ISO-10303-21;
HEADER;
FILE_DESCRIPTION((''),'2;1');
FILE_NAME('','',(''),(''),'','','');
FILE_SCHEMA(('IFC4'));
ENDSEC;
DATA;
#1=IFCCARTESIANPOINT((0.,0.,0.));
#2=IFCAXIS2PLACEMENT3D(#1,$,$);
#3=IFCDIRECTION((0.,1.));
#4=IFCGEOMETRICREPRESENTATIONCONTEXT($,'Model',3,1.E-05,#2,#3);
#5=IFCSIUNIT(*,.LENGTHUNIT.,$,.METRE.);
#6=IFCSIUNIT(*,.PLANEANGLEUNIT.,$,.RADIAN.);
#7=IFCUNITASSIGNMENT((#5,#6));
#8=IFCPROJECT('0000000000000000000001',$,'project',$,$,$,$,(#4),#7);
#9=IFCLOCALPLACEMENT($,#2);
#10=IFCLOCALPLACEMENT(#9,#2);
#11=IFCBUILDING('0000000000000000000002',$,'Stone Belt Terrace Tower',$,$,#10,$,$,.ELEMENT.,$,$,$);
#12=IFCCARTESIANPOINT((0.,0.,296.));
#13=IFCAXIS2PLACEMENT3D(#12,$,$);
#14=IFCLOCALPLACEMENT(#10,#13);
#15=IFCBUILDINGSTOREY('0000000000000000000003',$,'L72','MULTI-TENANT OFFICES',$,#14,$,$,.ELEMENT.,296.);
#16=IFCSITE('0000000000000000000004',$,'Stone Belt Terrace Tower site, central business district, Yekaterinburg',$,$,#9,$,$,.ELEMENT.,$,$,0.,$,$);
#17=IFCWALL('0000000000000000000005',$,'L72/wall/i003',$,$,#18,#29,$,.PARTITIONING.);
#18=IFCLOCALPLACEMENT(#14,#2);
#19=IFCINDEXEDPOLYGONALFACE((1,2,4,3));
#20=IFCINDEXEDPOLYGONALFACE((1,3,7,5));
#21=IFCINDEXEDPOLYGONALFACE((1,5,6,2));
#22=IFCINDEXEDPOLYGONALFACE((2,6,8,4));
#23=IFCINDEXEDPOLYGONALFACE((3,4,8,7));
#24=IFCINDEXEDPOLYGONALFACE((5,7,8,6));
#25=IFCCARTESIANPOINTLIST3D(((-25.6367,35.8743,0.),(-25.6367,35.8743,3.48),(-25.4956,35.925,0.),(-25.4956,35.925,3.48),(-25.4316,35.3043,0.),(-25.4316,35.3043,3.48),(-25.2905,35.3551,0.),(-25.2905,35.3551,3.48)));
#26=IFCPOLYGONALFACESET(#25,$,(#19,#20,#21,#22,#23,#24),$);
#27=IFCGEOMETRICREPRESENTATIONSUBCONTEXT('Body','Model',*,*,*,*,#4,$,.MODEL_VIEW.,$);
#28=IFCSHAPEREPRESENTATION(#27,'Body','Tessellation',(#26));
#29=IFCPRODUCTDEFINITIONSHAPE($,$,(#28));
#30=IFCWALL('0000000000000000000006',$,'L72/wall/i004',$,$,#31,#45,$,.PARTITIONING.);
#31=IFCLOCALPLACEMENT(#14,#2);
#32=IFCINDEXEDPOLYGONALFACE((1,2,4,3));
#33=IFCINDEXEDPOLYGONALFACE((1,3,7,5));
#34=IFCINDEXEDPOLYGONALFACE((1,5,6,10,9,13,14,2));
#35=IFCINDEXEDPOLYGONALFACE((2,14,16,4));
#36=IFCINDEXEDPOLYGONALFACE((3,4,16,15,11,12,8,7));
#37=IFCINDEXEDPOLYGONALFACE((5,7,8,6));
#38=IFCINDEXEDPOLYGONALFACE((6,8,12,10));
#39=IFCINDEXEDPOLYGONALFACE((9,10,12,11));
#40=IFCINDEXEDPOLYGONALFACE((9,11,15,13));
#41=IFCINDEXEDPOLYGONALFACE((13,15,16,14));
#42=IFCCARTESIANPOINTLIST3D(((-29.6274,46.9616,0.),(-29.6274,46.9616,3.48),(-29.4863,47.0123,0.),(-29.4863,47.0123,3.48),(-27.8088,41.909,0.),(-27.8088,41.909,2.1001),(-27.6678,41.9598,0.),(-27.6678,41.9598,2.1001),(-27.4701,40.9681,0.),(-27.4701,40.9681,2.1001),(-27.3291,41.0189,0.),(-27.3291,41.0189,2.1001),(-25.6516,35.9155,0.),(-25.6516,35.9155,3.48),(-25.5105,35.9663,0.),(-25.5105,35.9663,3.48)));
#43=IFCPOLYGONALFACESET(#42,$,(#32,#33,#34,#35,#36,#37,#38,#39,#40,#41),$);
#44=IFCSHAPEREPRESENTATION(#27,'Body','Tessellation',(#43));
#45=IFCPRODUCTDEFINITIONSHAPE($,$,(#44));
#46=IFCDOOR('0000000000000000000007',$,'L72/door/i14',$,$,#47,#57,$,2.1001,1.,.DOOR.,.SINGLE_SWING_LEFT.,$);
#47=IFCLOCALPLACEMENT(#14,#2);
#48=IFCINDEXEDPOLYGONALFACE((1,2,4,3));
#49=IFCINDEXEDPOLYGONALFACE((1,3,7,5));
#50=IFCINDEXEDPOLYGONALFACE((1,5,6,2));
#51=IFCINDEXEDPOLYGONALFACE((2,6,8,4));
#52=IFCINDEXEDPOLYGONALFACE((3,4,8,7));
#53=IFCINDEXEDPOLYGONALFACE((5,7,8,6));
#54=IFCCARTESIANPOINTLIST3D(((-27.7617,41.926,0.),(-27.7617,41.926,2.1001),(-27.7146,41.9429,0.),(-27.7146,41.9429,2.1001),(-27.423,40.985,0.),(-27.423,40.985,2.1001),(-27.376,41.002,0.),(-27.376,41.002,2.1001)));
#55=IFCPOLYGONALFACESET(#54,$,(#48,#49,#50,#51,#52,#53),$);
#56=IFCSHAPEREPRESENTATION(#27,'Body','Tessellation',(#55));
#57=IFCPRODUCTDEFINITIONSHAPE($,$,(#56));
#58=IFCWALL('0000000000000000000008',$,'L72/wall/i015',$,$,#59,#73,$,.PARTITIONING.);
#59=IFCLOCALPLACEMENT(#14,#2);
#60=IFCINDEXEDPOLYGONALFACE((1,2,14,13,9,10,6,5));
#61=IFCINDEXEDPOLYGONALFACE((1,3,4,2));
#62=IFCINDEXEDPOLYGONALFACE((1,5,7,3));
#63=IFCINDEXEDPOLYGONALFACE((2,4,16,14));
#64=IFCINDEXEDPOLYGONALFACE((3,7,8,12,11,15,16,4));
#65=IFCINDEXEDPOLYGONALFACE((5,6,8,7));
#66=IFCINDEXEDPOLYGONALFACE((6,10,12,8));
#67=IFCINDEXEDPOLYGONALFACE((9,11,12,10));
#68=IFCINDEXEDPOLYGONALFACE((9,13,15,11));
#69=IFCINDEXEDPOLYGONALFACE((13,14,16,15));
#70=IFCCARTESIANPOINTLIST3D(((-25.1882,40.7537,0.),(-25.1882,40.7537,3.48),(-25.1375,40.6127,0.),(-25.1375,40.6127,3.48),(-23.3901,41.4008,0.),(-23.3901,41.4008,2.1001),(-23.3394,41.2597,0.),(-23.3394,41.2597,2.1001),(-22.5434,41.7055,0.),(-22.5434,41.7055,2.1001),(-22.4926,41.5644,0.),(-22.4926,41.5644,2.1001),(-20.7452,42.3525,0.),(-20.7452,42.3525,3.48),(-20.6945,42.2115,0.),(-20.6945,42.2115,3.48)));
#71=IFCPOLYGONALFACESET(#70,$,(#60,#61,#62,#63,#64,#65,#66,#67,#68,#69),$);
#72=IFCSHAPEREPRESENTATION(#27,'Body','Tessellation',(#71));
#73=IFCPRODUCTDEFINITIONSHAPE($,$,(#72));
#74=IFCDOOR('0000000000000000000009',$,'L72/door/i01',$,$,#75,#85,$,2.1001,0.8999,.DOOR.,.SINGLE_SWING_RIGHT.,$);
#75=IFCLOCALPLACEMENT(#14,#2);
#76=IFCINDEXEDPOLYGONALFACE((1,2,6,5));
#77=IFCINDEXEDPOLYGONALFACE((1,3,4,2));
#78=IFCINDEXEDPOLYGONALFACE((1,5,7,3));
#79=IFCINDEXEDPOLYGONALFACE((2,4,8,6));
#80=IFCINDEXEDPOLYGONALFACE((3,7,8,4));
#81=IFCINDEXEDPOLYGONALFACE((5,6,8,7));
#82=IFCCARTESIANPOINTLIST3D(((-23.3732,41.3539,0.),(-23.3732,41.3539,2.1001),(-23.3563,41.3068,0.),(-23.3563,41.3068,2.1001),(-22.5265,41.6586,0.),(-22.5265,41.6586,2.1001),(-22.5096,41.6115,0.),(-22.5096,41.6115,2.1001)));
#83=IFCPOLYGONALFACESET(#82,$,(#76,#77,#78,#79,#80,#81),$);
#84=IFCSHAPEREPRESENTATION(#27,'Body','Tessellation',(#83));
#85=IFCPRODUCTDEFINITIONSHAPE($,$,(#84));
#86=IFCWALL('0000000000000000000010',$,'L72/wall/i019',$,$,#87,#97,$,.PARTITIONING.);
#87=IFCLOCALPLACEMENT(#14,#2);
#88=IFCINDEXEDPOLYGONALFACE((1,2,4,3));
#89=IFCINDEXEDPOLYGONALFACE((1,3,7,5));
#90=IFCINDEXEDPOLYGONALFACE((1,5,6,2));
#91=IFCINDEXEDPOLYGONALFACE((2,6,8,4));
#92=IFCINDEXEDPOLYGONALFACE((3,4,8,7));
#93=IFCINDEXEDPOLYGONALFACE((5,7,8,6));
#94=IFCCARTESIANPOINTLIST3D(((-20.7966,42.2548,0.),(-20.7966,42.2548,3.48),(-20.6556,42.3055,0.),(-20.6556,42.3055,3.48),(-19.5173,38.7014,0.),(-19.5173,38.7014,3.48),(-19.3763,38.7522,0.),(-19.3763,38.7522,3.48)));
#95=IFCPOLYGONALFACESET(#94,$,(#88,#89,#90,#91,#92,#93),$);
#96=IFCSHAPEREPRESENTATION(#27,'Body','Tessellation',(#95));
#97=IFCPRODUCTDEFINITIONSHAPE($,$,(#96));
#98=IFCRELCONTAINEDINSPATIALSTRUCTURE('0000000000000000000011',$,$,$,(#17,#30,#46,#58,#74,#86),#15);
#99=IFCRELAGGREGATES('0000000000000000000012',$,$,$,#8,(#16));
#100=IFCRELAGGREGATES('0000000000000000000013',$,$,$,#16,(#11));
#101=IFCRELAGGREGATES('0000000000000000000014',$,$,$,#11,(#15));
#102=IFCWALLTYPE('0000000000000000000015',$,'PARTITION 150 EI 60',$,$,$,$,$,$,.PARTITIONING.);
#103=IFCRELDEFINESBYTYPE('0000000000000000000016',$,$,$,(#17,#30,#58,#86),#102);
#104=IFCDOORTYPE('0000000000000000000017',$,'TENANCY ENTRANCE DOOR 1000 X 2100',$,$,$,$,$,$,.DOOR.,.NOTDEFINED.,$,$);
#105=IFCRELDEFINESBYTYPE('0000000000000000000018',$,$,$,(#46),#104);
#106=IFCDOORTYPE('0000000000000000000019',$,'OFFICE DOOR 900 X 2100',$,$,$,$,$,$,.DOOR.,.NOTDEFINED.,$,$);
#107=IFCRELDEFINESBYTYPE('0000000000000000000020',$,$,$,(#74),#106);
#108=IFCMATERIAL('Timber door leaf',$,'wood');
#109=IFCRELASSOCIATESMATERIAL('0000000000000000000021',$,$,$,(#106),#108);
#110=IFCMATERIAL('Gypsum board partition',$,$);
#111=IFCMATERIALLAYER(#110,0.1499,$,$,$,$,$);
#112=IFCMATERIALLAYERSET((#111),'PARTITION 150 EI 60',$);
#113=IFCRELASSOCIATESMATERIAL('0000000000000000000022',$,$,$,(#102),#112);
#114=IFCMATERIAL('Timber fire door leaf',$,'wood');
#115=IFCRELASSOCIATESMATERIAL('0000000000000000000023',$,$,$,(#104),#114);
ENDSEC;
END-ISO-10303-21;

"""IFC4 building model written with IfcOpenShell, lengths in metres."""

from ifc_helpers import new_model, si_unit, direction, frame, frame_2d, origin, place, context, subcontext, project, spatial, rectangle, extrude, material, layer, layer_set, type_object, element, fill, save


model = new_model("IFC4")

# Units and contexts
model_context = context("Model", 3, precision=1e-05, world=origin(), true_north=direction((0.0, 1.0)))
body_context = subcontext(model_context, "Body", "Model", "MODEL_VIEW")
ifc_project = project(units=[si_unit("LENGTHUNIT", "METRE"), si_unit("PLANEANGLEUNIT", "RADIAN")], contexts=[model_context])

# Site, building, storey
site_placement = place(None, origin())
site = spatial("IfcSite", under=ifc_project, at=site_placement, Name="Stone Belt Terrace Tower site, central business district, Yekaterinburg", CompositionType="ELEMENT", RefElevation=0.0)
building_placement = place(site_placement, origin())
building = spatial("IfcBuilding", under=site, at=building_placement, Name="Stone Belt Terrace Tower", CompositionType="ELEMENT")
storey_placement = place(building_placement, frame((0.0, 0.0, 296.0)))
storey = spatial("IfcBuildingStorey", under=building, at=storey_placement, Name="L72", Description="MULTI-TENANT OFFICES", CompositionType="ELEMENT", Elevation=296.0)

# Shared definitions
ifc_material_1 = material(Name="Gypsum board partition")

# Shared definitions
ifc_material_2 = material(Name="Timber door leaf", Category="wood")
door_type_1 = type_object("IfcDoorType", Name="OFFICE DOOR 900 X 2100", OperationType="NOTDEFINED", PredefinedType="DOOR", material=ifc_material_2)

# Wall
ifc_layer_1 = layer(ifc_material_1, 0.1499)
ifc_layer_set_1 = layer_set([ifc_layer_1], Name="PARTITION 150 EI 60")
wall_type_1 = type_object("IfcWallType", Name="PARTITION 150 EI 60", PredefinedType="PARTITIONING", material=ifc_layer_set_1)
wall_1_placement = place(storey_placement, frame((-25.3611, 35.3298, 0.0), z_axis=(0.0, 0.0, 1.0), x_axis=(-0.338634, 0.940918, 0.0)))
element("IfcWall", 1, at=wall_1_placement, inside=storey, type_object=wall_type_1, Name="L72/wall/i003", PredefinedType="PARTITIONING", context=body_context, shape_type="SweptSolid", body=[
    extrude(rectangle(XDim=0.6057, YDim=0.1499, at=frame_2d((0.3027, 0.0))), origin(), (0.0, 0.0, 1.0), 3.48),
])

# Walls, openings, doors
wall_2_placement = place(storey_placement, frame((-25.5811, 35.9409, 0.0), z_axis=(0.0, 0.0, 1.0), x_axis=(-0.338661, 0.940909, 0.0)))
wall_2 = element("IfcWall", 2, at=wall_2_placement, inside=storey, type_object=wall_type_1, Name="L72/wall/i004", PredefinedType="PARTITIONING", context=body_context, shape_type="SweptSolid", body=[
    extrude(rectangle(XDim=11.7397, YDim=0.1499, at=frame_2d((5.8699, 0.0))), origin(), (0.0, 0.0, 1.0), 3.48),
])
opening_1_placement = place(wall_2_placement, frame((5.3699, 0.0, 0.0)))
opening_1 = element("IfcOpeningElement", 3, at=opening_1_placement, cuts=wall_2, PredefinedType="OPENING", context=body_context, shape_type="SweptSolid", body=[
    extrude(rectangle(XDim=1.0, YDim=2.1001, at=frame_2d((0.5, 1.05))), frame((0.0, 0.085, 0.0), z_axis=(0.0, -1.0, 0.0), x_axis=(1.0, 0.0, 0.0)), (0.0, 0.0, 1.0), 0.1699),
])
ifc_material_3 = material(Name="Timber fire door leaf", Category="wood")
door_type_2 = type_object("IfcDoorType", Name="TENANCY ENTRANCE DOOR 1000 X 2100", OperationType="NOTDEFINED", PredefinedType="DOOR", material=ifc_material_3)
door_1_placement = place(opening_1_placement, origin())
door_1 = element("IfcDoor", 4, at=door_1_placement, inside=storey, type_object=door_type_2, Name="L72/door/i14", OperationType="SINGLE_SWING_LEFT", OverallHeight=2.1001, OverallWidth=1.0, PredefinedType="DOOR", context=body_context, shape_type="SweptSolid", body=[
    extrude(rectangle(XDim=1.0, YDim=2.1001, at=frame_2d((0.5, 1.05))), frame((0.0, 0.0249, 0.0), z_axis=(0.0, -1.0, 0.0), x_axis=(1.0, 0.0, 0.0)), (0.0, 0.0, 1.0), 0.05),
])
fill(opening_1, door_1)
wall_3_placement = place(storey_placement, frame((-20.72, 42.282, 0.0), z_axis=(0.0, 0.0, 1.0), x_axis=(-0.940931, -0.338599, 0.0)))
wall_3 = element("IfcWall", 5, at=wall_3_placement, inside=storey, type_object=wall_type_1, Name="L72/wall/i015", PredefinedType="PARTITIONING", context=body_context, shape_type="SweptSolid", body=[
    extrude(rectangle(XDim=4.7219, YDim=0.1499, at=frame_2d((2.3608, 0.0))), origin(), (0.0, 0.0, 1.0), 3.48),
])
opening_2_placement = place(wall_3_placement, frame((1.9109, 0.0, 0.0)))
opening_2 = element("IfcOpeningElement", 6, at=opening_2_placement, cuts=wall_3, PredefinedType="OPENING", context=body_context, shape_type="SweptSolid", body=[
    extrude(rectangle(XDim=0.8999, YDim=2.1001, at=frame_2d((0.45, 1.05))), frame((0.0, 0.085, 0.0), z_axis=(0.0, -1.0, 0.0), x_axis=(1.0, 0.0, 0.0)), (0.0, 0.0, 1.0), 0.1699),
])
door_2_placement = place(opening_2_placement, origin())
door_2 = element("IfcDoor", 7, at=door_2_placement, inside=storey, type_object=door_type_1, Name="L72/door/i01", OperationType="SINGLE_SWING_RIGHT", OverallHeight=2.1001, OverallWidth=0.8999, PredefinedType="DOOR", context=body_context, shape_type="SweptSolid", body=[
    extrude(rectangle(XDim=0.8999, YDim=2.1001, at=frame_2d((0.45, 1.05))), frame((0.0, 0.0249, 0.0), z_axis=(0.0, -1.0, 0.0), x_axis=(1.0, 0.0, 0.0)), (0.0, 0.0, 1.0), 0.05),
])
fill(opening_2, door_2)

# Wall
wall_4_placement = place(storey_placement, frame((-20.7261, 42.28, 0.0), z_axis=(0.0, 0.0, 1.0), x_axis=(0.338752, -0.940876, 0.0)))
element("IfcWall", 8, at=wall_4_placement, inside=storey, type_object=wall_type_1, Name="L72/wall/i019", PredefinedType="PARTITIONING", context=body_context, shape_type="SweptSolid", body=[
    extrude(rectangle(XDim=3.7766, YDim=0.1499, at=frame_2d((1.8882, 0.0))), origin(), (0.0, 0.0, 1.0), 3.48),
])

save(model, "model.ifc")
